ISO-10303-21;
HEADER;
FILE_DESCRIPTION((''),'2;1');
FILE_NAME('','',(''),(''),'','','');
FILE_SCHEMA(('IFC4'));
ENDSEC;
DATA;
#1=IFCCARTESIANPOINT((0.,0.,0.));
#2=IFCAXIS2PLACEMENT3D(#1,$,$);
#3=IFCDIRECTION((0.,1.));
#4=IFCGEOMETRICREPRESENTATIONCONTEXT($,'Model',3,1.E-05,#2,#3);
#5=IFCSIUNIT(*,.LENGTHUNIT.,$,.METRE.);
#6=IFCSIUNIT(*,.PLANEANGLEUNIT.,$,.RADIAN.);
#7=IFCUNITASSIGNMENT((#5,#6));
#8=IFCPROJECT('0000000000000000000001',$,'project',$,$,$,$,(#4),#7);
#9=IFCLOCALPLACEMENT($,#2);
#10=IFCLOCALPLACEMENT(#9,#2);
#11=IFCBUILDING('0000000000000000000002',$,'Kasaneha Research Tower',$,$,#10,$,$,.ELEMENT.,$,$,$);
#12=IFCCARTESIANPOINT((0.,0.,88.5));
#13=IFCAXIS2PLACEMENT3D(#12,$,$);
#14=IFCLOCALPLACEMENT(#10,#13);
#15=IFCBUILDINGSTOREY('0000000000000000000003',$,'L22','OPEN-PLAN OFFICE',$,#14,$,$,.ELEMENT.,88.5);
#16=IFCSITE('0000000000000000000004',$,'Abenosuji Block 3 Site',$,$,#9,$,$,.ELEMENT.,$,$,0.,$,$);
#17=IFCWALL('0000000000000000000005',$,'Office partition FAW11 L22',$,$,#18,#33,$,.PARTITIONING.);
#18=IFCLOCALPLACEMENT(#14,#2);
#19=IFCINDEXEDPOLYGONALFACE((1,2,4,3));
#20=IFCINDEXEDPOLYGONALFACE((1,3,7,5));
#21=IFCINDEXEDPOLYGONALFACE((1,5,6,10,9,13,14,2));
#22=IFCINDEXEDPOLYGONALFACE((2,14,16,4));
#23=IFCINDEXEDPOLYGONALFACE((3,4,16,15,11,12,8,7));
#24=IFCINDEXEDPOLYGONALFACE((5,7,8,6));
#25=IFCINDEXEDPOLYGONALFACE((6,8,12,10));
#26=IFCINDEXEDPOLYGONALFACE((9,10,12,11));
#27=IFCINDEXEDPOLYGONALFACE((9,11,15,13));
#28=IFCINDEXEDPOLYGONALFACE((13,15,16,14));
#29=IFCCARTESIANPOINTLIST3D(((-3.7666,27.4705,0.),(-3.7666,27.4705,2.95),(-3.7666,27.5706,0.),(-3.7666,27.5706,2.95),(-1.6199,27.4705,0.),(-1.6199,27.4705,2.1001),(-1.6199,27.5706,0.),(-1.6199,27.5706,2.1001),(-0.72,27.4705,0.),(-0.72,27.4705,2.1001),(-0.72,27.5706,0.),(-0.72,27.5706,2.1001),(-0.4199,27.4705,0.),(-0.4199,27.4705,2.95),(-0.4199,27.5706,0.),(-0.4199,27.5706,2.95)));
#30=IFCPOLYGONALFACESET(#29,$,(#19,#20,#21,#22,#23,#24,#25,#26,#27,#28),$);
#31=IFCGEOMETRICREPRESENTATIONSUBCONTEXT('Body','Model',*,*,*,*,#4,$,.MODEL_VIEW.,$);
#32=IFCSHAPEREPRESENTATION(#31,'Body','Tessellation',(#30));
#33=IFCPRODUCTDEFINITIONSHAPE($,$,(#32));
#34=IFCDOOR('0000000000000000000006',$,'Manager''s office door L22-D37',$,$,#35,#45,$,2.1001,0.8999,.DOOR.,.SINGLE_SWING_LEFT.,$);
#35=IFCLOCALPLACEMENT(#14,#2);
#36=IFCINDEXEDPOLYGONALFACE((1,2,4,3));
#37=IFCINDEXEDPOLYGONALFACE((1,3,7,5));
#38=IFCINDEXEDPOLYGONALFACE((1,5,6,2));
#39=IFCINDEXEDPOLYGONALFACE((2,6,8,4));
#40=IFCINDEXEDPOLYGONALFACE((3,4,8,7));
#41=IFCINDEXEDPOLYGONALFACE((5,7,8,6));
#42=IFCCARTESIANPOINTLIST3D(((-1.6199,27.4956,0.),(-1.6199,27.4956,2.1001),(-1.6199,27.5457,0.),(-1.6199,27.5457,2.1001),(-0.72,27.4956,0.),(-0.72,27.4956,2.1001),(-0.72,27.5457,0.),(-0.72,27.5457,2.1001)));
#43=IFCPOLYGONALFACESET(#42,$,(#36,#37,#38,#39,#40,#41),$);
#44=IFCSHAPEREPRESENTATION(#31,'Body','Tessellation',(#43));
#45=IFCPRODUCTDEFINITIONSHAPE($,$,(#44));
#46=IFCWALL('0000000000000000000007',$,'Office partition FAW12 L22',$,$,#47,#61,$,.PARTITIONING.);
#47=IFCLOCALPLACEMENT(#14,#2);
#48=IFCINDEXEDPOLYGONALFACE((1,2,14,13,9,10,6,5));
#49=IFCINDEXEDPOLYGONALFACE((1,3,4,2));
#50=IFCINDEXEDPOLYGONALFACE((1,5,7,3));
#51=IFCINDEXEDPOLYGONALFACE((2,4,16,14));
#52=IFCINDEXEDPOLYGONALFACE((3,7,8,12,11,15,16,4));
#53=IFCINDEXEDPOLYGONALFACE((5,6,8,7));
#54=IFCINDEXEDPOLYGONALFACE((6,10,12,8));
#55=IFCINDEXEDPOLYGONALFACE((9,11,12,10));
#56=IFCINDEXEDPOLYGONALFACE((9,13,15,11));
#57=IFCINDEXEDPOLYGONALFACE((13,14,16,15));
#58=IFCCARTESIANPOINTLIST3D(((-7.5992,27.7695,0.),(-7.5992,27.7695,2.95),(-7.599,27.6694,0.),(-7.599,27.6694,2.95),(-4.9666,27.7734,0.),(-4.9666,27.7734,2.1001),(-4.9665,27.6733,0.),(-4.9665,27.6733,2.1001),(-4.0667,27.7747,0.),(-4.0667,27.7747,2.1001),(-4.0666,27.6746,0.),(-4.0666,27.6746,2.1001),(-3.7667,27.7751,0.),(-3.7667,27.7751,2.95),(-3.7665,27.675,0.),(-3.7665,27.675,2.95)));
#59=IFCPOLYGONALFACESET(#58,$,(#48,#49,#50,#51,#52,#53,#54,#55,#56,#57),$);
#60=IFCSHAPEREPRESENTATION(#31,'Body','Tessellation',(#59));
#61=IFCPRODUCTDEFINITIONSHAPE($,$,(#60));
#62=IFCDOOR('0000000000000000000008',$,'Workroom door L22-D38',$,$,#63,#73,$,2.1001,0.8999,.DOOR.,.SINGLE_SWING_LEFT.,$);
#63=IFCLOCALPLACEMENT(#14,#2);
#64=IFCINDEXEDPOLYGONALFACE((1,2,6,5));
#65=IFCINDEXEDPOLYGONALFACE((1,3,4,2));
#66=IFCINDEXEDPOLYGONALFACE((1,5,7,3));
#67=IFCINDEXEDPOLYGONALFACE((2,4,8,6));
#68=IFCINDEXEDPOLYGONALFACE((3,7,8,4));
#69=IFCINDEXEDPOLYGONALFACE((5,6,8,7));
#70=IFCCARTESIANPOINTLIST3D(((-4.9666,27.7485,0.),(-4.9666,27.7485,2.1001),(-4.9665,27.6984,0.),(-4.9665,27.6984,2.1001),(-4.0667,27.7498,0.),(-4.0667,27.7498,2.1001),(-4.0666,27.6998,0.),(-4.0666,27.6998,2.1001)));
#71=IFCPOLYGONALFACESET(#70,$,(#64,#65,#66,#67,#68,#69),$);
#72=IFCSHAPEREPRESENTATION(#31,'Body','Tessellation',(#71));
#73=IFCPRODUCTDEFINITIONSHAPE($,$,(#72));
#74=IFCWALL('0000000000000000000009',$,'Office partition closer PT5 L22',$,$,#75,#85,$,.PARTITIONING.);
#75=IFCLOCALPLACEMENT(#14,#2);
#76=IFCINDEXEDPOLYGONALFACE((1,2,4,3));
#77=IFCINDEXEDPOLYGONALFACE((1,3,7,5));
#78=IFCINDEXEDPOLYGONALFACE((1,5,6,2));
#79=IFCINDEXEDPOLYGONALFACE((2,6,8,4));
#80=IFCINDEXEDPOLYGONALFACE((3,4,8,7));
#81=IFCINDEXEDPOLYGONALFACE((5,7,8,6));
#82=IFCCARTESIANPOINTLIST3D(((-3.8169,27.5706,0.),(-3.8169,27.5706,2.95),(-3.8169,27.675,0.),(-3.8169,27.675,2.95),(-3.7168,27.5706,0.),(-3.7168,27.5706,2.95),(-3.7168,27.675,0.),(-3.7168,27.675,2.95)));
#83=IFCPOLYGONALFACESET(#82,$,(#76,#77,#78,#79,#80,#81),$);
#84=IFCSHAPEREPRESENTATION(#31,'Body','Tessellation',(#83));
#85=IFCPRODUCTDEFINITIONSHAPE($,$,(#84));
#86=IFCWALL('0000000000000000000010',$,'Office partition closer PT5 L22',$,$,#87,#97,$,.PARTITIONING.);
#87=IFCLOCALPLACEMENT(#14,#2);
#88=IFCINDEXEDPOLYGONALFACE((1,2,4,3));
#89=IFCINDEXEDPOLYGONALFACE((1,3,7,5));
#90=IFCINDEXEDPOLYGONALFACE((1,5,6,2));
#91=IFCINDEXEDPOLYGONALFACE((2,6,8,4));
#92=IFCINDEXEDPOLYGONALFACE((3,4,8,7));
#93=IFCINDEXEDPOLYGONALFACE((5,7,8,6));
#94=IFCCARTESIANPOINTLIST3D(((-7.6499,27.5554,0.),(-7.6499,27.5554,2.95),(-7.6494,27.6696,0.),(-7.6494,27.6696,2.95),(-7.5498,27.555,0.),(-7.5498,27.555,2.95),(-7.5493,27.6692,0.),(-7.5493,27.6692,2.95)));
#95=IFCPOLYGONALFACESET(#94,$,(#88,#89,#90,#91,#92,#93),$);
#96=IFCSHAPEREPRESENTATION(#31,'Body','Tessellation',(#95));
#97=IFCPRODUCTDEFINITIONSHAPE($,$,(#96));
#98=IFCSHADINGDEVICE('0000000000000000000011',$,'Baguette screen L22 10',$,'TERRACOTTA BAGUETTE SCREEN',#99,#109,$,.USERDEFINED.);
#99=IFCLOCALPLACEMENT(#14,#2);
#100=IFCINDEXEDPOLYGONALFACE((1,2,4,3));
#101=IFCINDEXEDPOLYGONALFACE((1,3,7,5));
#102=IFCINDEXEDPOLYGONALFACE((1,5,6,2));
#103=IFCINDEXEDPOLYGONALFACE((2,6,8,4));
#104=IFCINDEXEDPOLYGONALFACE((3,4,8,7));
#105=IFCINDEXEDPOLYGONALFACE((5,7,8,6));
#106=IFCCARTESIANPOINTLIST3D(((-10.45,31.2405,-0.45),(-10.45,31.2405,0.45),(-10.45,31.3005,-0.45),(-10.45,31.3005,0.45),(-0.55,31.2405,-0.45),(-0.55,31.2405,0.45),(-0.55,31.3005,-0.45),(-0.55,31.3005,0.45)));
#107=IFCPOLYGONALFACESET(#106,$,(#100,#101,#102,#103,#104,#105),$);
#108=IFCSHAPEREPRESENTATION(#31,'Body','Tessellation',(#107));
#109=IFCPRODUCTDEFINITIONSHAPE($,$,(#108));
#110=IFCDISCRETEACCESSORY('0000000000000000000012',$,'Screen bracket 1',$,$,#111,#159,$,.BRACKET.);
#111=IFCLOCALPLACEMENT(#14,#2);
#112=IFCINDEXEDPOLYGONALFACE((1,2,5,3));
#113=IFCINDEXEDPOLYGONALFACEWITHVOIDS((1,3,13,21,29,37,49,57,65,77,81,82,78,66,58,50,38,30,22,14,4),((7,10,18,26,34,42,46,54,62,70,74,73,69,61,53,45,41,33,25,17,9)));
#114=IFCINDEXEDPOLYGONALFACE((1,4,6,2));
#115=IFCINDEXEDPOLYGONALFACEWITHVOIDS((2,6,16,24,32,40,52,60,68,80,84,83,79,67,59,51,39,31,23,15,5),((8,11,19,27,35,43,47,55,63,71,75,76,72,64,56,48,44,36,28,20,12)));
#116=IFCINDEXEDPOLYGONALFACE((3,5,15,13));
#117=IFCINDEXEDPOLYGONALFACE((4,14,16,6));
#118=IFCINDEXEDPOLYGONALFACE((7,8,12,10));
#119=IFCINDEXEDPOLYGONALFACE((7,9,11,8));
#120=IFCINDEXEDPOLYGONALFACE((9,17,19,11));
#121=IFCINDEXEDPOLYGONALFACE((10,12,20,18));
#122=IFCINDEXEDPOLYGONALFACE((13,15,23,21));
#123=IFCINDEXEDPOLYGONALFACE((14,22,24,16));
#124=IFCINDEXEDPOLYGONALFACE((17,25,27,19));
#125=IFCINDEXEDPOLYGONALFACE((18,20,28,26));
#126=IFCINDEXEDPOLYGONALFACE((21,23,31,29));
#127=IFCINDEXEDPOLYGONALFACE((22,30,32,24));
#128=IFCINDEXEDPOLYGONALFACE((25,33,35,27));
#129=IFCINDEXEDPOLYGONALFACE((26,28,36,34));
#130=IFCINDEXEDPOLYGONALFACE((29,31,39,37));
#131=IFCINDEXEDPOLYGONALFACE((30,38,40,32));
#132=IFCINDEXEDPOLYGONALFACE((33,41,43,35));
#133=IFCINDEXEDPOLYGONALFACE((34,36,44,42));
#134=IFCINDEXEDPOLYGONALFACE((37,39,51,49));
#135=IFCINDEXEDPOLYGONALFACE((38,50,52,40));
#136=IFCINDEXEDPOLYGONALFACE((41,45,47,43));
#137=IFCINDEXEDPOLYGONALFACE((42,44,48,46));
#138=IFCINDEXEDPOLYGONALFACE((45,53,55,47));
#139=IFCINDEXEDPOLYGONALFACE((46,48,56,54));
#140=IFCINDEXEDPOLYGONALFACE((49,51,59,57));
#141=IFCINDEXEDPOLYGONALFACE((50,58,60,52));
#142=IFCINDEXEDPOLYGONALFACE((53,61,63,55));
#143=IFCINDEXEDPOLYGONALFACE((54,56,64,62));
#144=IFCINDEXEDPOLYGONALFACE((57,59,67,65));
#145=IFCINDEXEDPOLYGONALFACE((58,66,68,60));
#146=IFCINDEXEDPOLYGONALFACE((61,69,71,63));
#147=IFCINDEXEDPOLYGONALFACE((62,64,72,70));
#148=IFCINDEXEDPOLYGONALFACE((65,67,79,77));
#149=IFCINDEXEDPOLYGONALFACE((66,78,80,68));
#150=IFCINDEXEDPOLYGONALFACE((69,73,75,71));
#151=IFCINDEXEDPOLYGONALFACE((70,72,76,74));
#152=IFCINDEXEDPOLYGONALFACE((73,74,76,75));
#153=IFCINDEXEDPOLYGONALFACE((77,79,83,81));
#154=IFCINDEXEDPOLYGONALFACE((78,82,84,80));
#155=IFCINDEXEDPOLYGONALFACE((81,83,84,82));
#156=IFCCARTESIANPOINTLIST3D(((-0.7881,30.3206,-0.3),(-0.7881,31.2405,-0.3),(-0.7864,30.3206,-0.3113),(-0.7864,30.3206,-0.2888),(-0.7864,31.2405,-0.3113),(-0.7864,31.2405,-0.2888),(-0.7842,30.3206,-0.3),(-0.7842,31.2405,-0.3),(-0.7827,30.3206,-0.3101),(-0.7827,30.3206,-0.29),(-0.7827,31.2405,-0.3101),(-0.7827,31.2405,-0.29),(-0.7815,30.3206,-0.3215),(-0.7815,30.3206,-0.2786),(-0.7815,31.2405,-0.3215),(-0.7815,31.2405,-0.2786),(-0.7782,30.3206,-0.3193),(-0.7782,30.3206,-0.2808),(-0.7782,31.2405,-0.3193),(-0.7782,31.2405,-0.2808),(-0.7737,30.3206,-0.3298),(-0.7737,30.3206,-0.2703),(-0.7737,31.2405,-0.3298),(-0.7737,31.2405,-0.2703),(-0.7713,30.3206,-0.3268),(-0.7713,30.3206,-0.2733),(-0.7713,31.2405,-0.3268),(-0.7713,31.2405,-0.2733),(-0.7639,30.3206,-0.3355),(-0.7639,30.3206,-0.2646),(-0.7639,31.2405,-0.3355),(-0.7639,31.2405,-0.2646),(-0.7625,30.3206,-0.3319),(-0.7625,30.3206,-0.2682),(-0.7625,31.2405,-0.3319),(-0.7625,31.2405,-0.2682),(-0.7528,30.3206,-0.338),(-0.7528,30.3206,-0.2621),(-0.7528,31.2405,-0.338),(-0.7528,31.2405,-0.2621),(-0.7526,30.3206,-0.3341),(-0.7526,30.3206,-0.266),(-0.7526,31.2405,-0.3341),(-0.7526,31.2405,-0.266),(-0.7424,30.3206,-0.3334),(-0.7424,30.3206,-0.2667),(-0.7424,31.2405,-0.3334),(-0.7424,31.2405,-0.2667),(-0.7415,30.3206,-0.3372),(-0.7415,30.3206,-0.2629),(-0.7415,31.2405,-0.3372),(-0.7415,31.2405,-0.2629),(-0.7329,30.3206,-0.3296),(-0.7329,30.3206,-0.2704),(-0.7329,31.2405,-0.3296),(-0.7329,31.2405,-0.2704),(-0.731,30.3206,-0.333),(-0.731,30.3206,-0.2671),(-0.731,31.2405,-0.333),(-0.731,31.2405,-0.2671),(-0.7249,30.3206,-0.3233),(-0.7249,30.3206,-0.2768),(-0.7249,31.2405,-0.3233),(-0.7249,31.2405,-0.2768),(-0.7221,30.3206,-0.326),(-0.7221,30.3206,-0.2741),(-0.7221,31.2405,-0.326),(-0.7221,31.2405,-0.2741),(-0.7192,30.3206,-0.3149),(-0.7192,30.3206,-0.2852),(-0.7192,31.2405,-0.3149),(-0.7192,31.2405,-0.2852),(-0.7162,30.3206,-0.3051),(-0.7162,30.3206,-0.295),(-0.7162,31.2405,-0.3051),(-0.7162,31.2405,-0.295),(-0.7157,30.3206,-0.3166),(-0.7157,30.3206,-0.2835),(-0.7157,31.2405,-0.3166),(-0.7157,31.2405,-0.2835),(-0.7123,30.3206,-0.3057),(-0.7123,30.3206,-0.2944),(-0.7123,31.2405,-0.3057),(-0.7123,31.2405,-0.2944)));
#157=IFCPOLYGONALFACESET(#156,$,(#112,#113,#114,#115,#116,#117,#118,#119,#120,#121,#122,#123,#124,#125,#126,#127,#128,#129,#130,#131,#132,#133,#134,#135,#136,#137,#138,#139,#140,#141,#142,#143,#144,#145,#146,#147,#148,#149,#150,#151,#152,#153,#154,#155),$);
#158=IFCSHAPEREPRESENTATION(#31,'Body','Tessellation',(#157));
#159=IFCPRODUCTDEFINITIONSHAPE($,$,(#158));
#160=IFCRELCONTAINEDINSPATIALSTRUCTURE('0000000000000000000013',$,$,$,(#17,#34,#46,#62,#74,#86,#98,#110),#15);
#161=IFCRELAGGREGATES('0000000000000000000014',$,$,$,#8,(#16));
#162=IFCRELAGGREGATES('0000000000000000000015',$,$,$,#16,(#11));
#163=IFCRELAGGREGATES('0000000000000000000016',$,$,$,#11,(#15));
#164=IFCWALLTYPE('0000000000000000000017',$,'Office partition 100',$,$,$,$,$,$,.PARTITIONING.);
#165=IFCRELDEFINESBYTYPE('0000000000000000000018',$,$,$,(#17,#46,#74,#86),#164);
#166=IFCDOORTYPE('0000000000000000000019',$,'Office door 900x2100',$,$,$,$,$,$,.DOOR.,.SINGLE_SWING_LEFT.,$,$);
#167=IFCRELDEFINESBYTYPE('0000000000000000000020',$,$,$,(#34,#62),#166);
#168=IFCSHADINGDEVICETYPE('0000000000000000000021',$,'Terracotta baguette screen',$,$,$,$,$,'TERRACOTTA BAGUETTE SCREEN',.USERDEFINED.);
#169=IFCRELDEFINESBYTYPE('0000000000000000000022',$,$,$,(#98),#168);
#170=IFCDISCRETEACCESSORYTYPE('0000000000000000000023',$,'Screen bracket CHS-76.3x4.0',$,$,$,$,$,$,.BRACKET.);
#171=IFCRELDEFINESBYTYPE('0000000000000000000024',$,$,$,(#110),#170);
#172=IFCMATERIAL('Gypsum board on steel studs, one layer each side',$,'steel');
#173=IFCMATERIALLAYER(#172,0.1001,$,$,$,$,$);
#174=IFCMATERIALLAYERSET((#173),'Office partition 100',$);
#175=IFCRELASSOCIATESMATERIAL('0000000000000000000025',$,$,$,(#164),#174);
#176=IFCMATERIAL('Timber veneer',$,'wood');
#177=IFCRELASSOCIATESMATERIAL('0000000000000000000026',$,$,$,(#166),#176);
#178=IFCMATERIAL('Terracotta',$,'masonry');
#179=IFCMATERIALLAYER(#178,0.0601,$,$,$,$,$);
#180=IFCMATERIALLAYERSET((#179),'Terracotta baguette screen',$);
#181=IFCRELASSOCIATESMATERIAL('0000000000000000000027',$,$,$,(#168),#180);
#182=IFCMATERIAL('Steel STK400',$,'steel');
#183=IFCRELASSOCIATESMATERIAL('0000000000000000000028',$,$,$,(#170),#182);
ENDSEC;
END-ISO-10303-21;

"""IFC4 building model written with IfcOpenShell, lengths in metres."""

from ifc_helpers import new_model, si_unit, direction, frame, frame_2d, origin, origin_2d, place, context, subcontext, project, spatial, rectangle, hollow_circle, extrude, material, layer, layer_set, material_profile, profile_set, type_object, element, fill, save


model = new_model("IFC4")

# Units and contexts
model_context = context("Model", 3, precision=1e-05, world=origin(), true_north=direction((0.0, 1.0)))
body_context = subcontext(model_context, "Body", "Model", "MODEL_VIEW")
ifc_project = project(units=[si_unit("LENGTHUNIT", "METRE"), si_unit("PLANEANGLEUNIT", "RADIAN")], contexts=[model_context])

# Site, building, storey
site_placement = place(None, origin())
site = spatial("IfcSite", under=ifc_project, at=site_placement, Name="Abenosuji Block 3 Site", CompositionType="ELEMENT", RefElevation=0.0)
building_placement = place(site_placement, origin())
building = spatial("IfcBuilding", under=site, at=building_placement, Name="Kasaneha Research Tower", CompositionType="ELEMENT")
storey_placement = place(building_placement, frame((0.0, 0.0, 88.5)))
storey = spatial("IfcBuildingStorey", under=building, at=storey_placement, Name="L22", Description="OPEN-PLAN OFFICE", CompositionType="ELEMENT", Elevation=88.5)

# Shared definitions
ifc_material_1 = material(Name="Gypsum board on steel studs, one layer each side", Category="steel")
ifc_layer_1 = layer(ifc_material_1, 0.1001)
ifc_layer_set_1 = layer_set([ifc_layer_1], Name="Office partition 100")
wall_type = type_object("IfcWallType", Name="Office partition 100", PredefinedType="PARTITIONING", material=ifc_layer_set_1)
ifc_material_2 = material(Name="Timber veneer", Category="wood")
door_type = type_object("IfcDoorType", Name="Office door 900x2100", OperationType="SINGLE_SWING_LEFT", PredefinedType="DOOR", material=ifc_material_2)

# Walls, openings, doors
wall_1_placement = place(storey_placement, frame((-0.4199, 27.5205, 0.0), z_axis=(0.0, 0.0, 1.0), x_axis=(-1.0, 0.0, 0.0)))
wall_1 = element("IfcWall", 1, at=wall_1_placement, inside=storey, type_object=wall_type, Name="Office partition FAW11 L22", PredefinedType="PARTITIONING", context=body_context, shape_type="SweptSolid", body=[
    extrude(rectangle(XDim=3.3467, YDim=0.1001, at=frame_2d((1.6733, 0.0))), origin(), (0.0, 0.0, 1.0), 2.95),
])
opening_1_placement = place(wall_1_placement, frame((0.3, 0.0, 0.0)))
opening_1 = element("IfcOpeningElement", 2, at=opening_1_placement, cuts=wall_1, PredefinedType="OPENING", context=body_context, shape_type="SweptSolid", body=[
    extrude(rectangle(XDim=0.8999, YDim=2.1001, at=frame_2d((0.45, 1.05))), frame((0.0, 0.0601, 0.0), z_axis=(0.0, -1.0, 0.0), x_axis=(1.0, 0.0, 0.0)), (0.0, 0.0, 1.0), 0.1201),
])
door_1_placement = place(opening_1_placement, origin())
door_1 = element("IfcDoor", 3, at=door_1_placement, inside=storey, type_object=door_type, Name="Manager's office door L22-D37", OperationType="SINGLE_SWING_LEFT", OverallHeight=2.1001, OverallWidth=0.8999, PredefinedType="DOOR", context=body_context, shape_type="SweptSolid", body=[
    extrude(rectangle(XDim=0.8999, YDim=2.1001, at=frame_2d((0.45, 1.05))), frame((0.0, 0.0249, 0.0), z_axis=(0.0, -1.0, 0.0), x_axis=(1.0, 0.0, 0.0)), (0.0, 0.0, 1.0), 0.05),
])
fill(opening_1, door_1)
wall_2_placement = place(storey_placement, frame((-3.7666, 27.7251, 0.0), z_axis=(0.0, 0.0, 1.0), x_axis=(-0.999999, -0.001465, 0.0)))
wall_2 = element("IfcWall", 4, at=wall_2_placement, inside=storey, type_object=wall_type, Name="Office partition FAW12 L22", PredefinedType="PARTITIONING", context=body_context, shape_type="SweptSolid", body=[
    extrude(rectangle(XDim=3.8325, YDim=0.1001, at=frame_2d((1.9163, 0.0))), origin(), (0.0, 0.0, 1.0), 2.95),
])
opening_2_placement = place(wall_2_placement, frame((0.3, 0.0, 0.0)))
opening_2 = element("IfcOpeningElement", 5, at=opening_2_placement, cuts=wall_2, PredefinedType="OPENING", context=body_context, shape_type="SweptSolid", body=[
    extrude(rectangle(XDim=0.8999, YDim=2.1001, at=frame_2d((0.45, 1.05))), frame((0.0, 0.0601, 0.0), z_axis=(0.0, -1.0, 0.0), x_axis=(1.0, 0.0, 0.0)), (0.0, 0.0, 1.0), 0.1201),
])
door_2_placement = place(opening_2_placement, origin())
door_2 = element("IfcDoor", 6, at=door_2_placement, inside=storey, type_object=door_type, Name="Workroom door L22-D38", OperationType="SINGLE_SWING_LEFT", OverallHeight=2.1001, OverallWidth=0.8999, PredefinedType="DOOR", context=body_context, shape_type="SweptSolid", body=[
    extrude(rectangle(XDim=0.8999, YDim=2.1001, at=frame_2d((0.45, 1.05))), frame((0.0, 0.0249, 0.0), z_axis=(0.0, -1.0, 0.0), x_axis=(1.0, 0.0, 0.0)), (0.0, 0.0, 1.0), 0.05),
])
fill(opening_2, door_2)

# Walls
wall_3_placement = place(storey_placement, frame((-3.7668, 27.5706, 0.0), z_axis=(0.0, 0.0, 1.0), x_axis=(0.0, 1.0, 0.0)))
element("IfcWall", 7, at=wall_3_placement, inside=storey, type_object=wall_type, Name="Office partition closer PT5 L22", PredefinedType="PARTITIONING", context=body_context, shape_type="SweptSolid", body=[
    extrude(rectangle(XDim=0.1045, YDim=0.1001, at=frame_2d((0.0522, 0.0))), origin(), (0.0, 0.0, 1.0), 2.95),
])
wall_4_placement = place(storey_placement, frame((-7.5994, 27.6694, 0.0), z_axis=(0.0, 0.0, 1.0), x_axis=(-0.004273, -0.999991, 0.0)))
element("IfcWall", 8, at=wall_4_placement, inside=storey, type_object=wall_type, Name="Office partition closer PT5 L22", PredefinedType="PARTITIONING", context=body_context, shape_type="SweptSolid", body=[
    extrude(rectangle(XDim=0.1143, YDim=0.1001, at=frame_2d((0.0571, 0.0))), origin(), (0.0, 0.0, 1.0), 2.95),
])

# Shading device
ifc_material_3 = material(Name="Terracotta", Category="masonry")
ifc_layer_2 = layer(ifc_material_3, 0.0601)
ifc_layer_set_2 = layer_set([ifc_layer_2], Name="Terracotta baguette screen")
shading_device_type = type_object("IfcShadingDeviceType", Name="Terracotta baguette screen", ElementType="TERRACOTTA BAGUETTE SCREEN", PredefinedType="USERDEFINED", material=ifc_layer_set_2)
shading_device_placement = place(storey_placement, frame((-5.5, 31.2705, -0.45), z_axis=(0.0, 0.0, 1.0), x_axis=(-1.0, 0.0, 0.0)))
element("IfcShadingDevice", 9, at=shading_device_placement, inside=storey, type_object=shading_device_type, Name="Baguette screen L22 10", ObjectType="TERRACOTTA BAGUETTE SCREEN", PredefinedType="USERDEFINED", context=body_context, shape_type="SweptSolid", body=[
    extrude(rectangle(XDim=9.8999, YDim=0.0601, at=origin_2d()), origin(), (0.0, 0.0, 1.0), 0.8999),
])

# Discrete accessory
ifc_material_4 = material(Name="Steel STK400", Category="steel")
ifc_material_profile_1 = material_profile(ifc_material_4, hollow_circle(Radius=0.0381, WallThickness=0.0039, at=origin_2d()), Name="CHS-76.3x4.0")
ifc_profile_set_1 = profile_set([ifc_material_profile_1], Name="Steel STK400")
discrete_accessory_type = type_object("IfcDiscreteAccessoryType", Name="Screen bracket CHS-76.3x4.0", PredefinedType="BRACKET", material=ifc_profile_set_1)
for number, where, z_axis, x_axis, name in (
    (10, (-0.75, 30.3206, -0.3), (0.0, 1.0, 0.0), (-1.0, 0.0, 0.0), "Screen bracket 1"),
):
    element("IfcDiscreteAccessory", number, at=place(storey_placement, frame(where, z_axis=z_axis, x_axis=x_axis)), inside=storey, type_object=discrete_accessory_type, Name=name, PredefinedType="BRACKET", context=body_context, shape_type="SweptSolid", body=[
        extrude(hollow_circle(Radius=0.0381, WallThickness=0.0039, at=origin_2d()), origin(), (0.0, 0.0, 1.0), 0.9199),
    ])

save(model, "model.ifc")
